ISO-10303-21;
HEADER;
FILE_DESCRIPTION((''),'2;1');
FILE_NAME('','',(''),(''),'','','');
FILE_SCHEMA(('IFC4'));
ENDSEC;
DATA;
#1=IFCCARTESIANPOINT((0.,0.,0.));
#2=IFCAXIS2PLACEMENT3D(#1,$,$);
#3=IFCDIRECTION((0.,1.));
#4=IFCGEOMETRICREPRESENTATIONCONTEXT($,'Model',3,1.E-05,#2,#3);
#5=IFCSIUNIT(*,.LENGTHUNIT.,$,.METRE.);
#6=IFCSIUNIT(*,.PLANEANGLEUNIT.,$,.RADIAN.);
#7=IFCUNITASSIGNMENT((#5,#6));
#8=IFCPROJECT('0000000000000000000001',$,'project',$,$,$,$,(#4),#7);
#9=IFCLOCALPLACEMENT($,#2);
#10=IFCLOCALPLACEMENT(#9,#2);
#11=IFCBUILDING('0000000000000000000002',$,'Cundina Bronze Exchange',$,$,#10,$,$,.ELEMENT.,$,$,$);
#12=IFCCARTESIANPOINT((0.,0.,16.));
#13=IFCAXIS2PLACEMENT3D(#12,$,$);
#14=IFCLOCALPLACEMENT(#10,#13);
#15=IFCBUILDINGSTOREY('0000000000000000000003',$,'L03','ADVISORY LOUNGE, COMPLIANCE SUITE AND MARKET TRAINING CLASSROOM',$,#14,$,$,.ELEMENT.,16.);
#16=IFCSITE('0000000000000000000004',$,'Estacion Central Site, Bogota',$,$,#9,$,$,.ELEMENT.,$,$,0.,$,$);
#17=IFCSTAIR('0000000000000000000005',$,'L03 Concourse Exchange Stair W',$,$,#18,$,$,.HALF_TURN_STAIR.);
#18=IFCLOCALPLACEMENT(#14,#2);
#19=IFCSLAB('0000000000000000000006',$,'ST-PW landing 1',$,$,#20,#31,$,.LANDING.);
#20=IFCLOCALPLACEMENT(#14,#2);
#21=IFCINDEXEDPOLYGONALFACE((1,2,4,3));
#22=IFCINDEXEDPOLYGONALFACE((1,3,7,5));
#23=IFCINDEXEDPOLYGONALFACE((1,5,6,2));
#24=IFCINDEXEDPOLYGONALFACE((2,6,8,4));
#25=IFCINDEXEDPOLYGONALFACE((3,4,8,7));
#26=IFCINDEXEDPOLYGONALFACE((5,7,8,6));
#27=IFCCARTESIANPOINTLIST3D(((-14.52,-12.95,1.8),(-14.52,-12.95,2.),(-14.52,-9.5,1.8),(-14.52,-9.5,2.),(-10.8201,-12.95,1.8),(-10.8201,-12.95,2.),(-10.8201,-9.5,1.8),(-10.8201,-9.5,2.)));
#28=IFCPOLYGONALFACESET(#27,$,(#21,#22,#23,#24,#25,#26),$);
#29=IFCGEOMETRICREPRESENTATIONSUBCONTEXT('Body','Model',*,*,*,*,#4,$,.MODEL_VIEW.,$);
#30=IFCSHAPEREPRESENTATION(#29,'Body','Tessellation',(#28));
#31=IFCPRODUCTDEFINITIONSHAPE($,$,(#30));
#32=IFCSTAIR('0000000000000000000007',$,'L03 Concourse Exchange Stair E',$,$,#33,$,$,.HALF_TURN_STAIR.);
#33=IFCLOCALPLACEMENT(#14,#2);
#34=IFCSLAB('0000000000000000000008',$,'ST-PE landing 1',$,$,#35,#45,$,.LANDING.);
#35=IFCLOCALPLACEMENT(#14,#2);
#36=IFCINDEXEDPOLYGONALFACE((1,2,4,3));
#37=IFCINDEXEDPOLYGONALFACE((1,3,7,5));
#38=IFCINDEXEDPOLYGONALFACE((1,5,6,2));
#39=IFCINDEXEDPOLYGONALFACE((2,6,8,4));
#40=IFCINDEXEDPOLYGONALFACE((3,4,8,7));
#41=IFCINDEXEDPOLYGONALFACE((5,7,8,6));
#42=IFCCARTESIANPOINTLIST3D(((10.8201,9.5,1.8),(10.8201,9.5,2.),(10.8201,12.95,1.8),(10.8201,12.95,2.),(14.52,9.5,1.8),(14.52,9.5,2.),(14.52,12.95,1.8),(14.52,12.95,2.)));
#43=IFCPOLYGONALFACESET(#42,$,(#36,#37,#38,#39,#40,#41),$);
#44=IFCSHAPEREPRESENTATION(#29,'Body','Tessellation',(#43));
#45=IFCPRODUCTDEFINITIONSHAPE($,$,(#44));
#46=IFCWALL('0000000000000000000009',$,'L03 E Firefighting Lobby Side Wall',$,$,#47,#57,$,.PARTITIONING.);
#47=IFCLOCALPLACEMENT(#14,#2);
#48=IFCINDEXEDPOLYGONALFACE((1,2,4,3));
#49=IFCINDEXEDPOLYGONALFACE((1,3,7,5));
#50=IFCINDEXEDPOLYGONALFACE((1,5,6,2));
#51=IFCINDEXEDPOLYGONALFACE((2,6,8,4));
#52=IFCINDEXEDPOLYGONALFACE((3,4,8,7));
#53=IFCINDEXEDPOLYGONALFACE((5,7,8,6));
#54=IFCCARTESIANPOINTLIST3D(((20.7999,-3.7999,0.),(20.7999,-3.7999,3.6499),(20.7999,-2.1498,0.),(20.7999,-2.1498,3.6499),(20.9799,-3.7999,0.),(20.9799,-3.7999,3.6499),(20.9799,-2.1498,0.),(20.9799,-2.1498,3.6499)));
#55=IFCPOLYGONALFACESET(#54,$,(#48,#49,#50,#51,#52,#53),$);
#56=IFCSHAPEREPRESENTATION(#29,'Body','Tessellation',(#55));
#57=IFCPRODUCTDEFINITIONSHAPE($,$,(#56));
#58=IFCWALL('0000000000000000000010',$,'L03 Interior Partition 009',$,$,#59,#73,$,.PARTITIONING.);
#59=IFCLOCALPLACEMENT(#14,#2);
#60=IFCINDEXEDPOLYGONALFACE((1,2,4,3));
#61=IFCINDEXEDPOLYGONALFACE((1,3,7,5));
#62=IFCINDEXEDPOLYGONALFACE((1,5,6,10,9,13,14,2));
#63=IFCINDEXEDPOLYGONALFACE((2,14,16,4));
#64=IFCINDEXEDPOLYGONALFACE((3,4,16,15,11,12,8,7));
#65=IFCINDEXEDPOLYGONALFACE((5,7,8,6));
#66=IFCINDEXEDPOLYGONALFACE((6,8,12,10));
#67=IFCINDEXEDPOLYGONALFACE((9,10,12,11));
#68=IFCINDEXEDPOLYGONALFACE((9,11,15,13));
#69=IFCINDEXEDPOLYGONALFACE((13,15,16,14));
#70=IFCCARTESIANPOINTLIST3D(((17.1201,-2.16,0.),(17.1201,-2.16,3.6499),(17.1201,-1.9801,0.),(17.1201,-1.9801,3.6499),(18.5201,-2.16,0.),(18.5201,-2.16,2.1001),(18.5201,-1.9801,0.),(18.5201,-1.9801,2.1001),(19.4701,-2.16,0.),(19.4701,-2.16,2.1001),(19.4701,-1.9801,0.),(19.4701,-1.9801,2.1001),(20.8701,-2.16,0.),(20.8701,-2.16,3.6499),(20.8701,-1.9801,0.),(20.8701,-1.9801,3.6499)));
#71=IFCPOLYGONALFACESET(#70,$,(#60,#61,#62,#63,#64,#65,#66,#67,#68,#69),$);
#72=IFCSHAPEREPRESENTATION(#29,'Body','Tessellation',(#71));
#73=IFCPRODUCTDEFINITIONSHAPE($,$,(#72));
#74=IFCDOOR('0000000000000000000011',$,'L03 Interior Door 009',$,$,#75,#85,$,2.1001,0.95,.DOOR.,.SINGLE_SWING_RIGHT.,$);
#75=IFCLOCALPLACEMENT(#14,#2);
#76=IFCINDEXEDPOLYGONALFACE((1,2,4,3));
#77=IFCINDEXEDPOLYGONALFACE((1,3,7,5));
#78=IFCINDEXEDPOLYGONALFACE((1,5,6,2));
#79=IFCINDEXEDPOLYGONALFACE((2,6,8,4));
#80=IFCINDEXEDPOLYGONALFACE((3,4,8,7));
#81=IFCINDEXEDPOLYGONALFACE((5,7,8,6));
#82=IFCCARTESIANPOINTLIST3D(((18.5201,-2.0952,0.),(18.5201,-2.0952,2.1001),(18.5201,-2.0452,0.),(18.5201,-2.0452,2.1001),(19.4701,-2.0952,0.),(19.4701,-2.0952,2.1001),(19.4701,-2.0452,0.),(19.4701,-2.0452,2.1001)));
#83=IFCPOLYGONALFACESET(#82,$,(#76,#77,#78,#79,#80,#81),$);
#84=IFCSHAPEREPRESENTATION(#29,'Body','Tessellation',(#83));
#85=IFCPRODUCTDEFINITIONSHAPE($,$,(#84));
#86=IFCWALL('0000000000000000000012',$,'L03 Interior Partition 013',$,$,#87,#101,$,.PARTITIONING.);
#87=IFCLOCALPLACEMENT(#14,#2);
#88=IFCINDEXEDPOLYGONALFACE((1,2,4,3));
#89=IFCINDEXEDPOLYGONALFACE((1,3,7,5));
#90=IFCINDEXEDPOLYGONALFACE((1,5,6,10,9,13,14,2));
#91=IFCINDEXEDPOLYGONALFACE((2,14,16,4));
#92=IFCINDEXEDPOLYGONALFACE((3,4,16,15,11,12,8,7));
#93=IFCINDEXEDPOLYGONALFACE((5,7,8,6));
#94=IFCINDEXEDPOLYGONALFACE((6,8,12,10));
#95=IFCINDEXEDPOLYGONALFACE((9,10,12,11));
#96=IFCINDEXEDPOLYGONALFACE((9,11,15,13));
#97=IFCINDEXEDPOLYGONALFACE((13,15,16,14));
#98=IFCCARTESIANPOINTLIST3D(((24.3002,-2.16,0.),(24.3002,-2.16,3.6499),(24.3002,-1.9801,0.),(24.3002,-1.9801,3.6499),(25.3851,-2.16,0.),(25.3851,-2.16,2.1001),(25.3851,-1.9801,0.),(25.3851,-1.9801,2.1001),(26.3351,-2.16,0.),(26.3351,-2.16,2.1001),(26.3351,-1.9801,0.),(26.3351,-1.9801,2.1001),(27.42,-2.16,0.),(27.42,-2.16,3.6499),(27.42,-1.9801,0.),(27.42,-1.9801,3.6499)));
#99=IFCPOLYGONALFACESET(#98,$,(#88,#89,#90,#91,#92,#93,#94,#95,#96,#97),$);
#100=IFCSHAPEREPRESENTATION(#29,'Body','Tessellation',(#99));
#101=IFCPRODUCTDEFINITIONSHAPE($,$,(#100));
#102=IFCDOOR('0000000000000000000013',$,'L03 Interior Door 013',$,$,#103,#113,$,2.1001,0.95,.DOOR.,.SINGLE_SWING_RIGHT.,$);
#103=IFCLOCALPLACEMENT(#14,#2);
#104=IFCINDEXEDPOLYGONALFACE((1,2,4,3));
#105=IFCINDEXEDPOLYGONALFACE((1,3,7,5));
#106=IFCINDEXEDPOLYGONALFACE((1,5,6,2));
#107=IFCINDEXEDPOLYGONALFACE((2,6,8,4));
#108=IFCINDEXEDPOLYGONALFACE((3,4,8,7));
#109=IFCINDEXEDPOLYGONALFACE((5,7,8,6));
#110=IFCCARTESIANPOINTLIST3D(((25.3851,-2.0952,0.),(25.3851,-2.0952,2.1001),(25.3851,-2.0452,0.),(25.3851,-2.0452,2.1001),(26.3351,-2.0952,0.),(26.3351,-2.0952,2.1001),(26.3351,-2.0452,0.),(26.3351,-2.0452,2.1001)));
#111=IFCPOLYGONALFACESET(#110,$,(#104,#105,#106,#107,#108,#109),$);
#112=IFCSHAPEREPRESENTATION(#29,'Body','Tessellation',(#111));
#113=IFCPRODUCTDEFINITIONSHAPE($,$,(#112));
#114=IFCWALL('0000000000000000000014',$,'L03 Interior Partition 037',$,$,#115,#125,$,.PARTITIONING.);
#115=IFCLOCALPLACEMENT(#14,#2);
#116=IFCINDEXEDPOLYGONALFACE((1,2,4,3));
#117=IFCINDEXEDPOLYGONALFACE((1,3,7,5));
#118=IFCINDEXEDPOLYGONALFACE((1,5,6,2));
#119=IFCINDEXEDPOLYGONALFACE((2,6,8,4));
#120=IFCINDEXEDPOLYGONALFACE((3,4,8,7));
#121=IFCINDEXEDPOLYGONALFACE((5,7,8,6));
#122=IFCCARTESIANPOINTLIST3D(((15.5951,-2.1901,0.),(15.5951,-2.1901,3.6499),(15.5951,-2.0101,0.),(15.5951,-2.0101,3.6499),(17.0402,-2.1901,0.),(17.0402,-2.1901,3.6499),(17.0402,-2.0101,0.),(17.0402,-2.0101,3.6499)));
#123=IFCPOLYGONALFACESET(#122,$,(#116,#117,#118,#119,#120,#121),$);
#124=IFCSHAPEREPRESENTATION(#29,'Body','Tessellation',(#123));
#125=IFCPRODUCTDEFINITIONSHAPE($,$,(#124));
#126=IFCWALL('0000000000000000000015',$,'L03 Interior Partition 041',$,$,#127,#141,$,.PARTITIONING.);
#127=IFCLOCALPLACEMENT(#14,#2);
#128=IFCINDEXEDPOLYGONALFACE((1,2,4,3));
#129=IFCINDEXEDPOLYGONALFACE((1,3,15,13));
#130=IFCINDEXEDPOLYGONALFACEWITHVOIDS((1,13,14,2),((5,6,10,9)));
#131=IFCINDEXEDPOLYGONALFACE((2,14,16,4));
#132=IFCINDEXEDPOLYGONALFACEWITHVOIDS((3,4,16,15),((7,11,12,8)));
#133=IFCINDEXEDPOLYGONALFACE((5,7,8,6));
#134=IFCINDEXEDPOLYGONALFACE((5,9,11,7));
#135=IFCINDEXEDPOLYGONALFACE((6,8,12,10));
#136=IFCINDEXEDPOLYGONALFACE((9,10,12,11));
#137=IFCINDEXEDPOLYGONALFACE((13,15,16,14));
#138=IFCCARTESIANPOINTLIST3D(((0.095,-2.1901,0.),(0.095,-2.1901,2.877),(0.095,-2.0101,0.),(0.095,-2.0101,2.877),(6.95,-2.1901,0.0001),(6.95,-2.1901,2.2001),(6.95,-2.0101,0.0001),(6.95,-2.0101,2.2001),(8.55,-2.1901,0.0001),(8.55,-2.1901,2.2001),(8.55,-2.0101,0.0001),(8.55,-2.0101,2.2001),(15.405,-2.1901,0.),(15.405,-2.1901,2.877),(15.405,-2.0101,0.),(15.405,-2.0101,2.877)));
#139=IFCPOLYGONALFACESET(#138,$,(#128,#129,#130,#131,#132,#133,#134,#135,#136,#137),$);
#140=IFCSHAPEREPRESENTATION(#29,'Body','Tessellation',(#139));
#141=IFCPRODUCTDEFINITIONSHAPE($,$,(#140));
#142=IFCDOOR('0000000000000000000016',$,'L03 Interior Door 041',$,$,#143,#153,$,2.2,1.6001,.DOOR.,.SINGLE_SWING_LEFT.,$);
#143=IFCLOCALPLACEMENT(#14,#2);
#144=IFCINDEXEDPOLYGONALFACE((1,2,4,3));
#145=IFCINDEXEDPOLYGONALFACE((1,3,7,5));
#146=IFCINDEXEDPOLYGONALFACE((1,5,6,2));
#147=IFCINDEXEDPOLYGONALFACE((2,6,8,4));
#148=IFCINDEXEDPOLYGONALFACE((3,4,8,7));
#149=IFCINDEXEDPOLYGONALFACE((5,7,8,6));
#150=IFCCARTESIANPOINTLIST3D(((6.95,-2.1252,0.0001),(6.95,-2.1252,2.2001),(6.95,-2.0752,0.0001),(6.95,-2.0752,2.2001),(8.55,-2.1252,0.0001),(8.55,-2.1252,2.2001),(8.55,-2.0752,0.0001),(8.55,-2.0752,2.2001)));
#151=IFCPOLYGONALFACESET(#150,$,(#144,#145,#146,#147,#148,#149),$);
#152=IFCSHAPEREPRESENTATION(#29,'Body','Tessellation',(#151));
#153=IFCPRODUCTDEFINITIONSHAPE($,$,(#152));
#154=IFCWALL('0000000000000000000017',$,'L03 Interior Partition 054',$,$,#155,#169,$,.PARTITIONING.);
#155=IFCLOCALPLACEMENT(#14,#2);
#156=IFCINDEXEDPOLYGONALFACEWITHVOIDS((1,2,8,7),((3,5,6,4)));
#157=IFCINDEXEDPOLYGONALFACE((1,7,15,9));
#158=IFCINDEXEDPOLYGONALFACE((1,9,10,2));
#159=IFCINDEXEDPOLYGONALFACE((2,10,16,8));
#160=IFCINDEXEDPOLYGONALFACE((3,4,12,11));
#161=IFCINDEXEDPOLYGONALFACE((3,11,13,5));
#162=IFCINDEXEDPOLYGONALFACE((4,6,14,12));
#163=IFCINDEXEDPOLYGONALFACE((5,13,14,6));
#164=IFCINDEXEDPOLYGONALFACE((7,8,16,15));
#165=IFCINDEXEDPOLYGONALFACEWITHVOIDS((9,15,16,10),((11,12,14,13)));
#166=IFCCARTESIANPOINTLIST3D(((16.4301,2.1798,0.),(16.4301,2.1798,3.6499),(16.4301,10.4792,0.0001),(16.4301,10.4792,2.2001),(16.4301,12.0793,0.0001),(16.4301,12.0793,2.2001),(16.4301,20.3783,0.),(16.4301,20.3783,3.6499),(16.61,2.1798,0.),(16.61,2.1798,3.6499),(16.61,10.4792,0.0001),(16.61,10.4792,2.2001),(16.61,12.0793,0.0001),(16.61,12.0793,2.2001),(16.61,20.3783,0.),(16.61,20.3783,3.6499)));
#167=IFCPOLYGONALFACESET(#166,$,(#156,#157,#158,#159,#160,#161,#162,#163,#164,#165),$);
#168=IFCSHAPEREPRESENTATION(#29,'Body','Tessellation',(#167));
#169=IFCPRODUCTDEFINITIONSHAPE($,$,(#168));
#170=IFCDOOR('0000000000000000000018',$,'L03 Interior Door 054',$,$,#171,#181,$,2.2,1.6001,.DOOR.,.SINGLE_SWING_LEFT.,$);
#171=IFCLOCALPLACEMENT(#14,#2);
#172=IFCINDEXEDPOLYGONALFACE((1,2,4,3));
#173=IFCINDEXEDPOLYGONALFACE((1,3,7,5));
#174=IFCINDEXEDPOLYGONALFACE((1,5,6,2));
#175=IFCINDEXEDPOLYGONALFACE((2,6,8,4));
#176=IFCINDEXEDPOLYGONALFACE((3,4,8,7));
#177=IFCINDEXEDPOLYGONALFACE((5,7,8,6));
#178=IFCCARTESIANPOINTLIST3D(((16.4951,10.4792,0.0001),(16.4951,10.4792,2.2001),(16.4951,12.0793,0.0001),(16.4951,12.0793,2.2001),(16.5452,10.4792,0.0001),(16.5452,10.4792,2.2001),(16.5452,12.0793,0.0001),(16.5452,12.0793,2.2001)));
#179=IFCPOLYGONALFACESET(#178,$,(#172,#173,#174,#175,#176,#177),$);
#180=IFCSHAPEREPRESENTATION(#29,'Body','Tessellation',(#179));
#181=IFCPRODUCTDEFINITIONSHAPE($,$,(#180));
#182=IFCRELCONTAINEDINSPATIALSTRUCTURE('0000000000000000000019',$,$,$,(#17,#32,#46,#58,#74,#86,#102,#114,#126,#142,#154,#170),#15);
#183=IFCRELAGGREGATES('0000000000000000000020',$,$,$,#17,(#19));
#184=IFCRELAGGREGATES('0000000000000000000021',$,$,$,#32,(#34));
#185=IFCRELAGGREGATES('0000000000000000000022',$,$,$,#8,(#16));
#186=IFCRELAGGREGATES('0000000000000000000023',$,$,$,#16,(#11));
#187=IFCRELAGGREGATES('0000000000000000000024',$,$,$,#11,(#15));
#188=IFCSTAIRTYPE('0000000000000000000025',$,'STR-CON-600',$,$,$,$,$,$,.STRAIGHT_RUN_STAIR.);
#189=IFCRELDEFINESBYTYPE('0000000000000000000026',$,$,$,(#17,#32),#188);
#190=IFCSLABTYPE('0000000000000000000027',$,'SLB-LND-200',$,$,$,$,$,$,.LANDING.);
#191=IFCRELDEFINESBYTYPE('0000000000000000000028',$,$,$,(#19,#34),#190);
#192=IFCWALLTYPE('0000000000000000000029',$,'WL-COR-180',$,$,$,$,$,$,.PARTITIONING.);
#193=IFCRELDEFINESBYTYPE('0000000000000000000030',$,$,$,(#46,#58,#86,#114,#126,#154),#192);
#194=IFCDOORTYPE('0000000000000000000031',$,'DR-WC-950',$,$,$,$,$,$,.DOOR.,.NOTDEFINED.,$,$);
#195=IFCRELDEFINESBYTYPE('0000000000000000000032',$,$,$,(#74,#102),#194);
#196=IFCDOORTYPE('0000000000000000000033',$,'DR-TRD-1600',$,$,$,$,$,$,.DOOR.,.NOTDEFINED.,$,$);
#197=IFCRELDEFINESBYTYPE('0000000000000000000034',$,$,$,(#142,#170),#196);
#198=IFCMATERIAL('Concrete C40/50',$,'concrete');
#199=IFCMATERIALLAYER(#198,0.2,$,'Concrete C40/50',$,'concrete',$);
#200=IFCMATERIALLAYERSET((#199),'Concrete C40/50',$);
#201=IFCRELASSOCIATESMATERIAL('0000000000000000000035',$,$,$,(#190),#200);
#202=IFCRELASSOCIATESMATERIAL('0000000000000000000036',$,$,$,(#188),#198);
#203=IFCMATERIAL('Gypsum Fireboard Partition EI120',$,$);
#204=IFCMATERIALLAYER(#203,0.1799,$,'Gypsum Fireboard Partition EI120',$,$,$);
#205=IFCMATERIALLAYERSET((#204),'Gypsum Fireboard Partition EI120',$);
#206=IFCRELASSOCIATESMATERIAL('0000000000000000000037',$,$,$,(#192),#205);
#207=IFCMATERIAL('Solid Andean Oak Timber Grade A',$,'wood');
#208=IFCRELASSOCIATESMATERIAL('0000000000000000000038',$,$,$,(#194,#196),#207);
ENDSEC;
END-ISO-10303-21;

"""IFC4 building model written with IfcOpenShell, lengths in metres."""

from ifc_helpers import new_model, si_unit, direction, frame, frame_2d, origin, place, context, subcontext, project, spatial, polyline, rectangle, outline, extrude, material, layer, layer_set, type_object, element, fill, aggregate, save


model = new_model("IFC4")

# Units and contexts
model_context = context("Model", 3, precision=1e-05, world=origin(), true_north=direction((0.0, 1.0)))
body_context = subcontext(model_context, "Body", "Model", "MODEL_VIEW")
ifc_project = project(units=[si_unit("LENGTHUNIT", "METRE"), si_unit("PLANEANGLEUNIT", "RADIAN")], contexts=[model_context])

# Site, building, storey
site_placement = place(None, origin())
site = spatial("IfcSite", under=ifc_project, at=site_placement, Name="Estacion Central Site, Bogota", CompositionType="ELEMENT", RefElevation=0.0)
building_placement = place(site_placement, origin())
building = spatial("IfcBuilding", under=site, at=building_placement, Name="Cundina Bronze Exchange", CompositionType="ELEMENT")
storey_placement = place(building_placement, frame((0.0, 0.0, 16.0)))
storey = spatial("IfcBuildingStorey", under=building, at=storey_placement, Name="L03", Description="ADVISORY LOUNGE, COMPLIANCE SUITE AND MARKET TRAINING CLASSROOM", CompositionType="ELEMENT", Elevation=16.0)

# Stairs, slabs
ifc_material_1 = material(Name="Concrete C40/50", Category="concrete")
ifc_layer_1 = layer(ifc_material_1, 0.2, Name="Concrete C40/50", Category="concrete")
ifc_layer_set_1 = layer_set([ifc_layer_1], Name="Concrete C40/50")
slab_type = type_object("IfcSlabType", Name="SLB-LND-200", PredefinedType="LANDING", material=ifc_layer_set_1)
stair_type_1 = type_object("IfcStairType", Name="STR-CON-600", PredefinedType="STRAIGHT_RUN_STAIR", material=ifc_material_1)
stair_1_placement = place(storey_placement, origin())
stair_1 = element("IfcStair", 1, at=stair_1_placement, inside=storey, type_object=stair_type_1, Name="L03 Concourse Exchange Stair W", PredefinedType="HALF_TURN_STAIR")
slab_1_placement = place(storey_placement, frame((0.0, 0.0, 1.8)))
slab_1 = element("IfcSlab", 2, at=slab_1_placement, type_object=slab_type, Name="ST-PW landing 1", PredefinedType="LANDING", context=body_context, shape_type="SweptSolid", body=[
    extrude(outline(polyline([(-10.8201, -12.95), (-10.8201, -9.5), (-14.52, -9.5), (-14.52, -12.95), (-10.8201, -12.95)])), origin(), (0.0, 0.0, 1.0), 0.2),
])
aggregate(stair_1, [slab_1])
stair_2_placement = place(storey_placement, origin())
stair_2 = element("IfcStair", 3, at=stair_2_placement, inside=storey, type_object=stair_type_1, Name="L03 Concourse Exchange Stair E", PredefinedType="HALF_TURN_STAIR")
slab_2_placement = place(storey_placement, frame((0.0, 0.0, 1.8)))
slab_2 = element("IfcSlab", 4, at=slab_2_placement, type_object=slab_type, Name="ST-PE landing 1", PredefinedType="LANDING", context=body_context, shape_type="SweptSolid", body=[
    extrude(outline(polyline([(10.8201, 12.95), (10.8201, 9.5), (14.52, 9.5), (14.52, 12.95), (10.8201, 12.95)])), origin(), (0.0, 0.0, 1.0), 0.2),
])
aggregate(stair_2, [slab_2])

# Wall
ifc_material_2 = material(Name="Gypsum Fireboard Partition EI120")
ifc_layer_2 = layer(ifc_material_2, 0.1799, Name="Gypsum Fireboard Partition EI120")
ifc_layer_set_2 = layer_set([ifc_layer_2], Name="Gypsum Fireboard Partition EI120")
wall_type_1 = type_object("IfcWallType", Name="WL-COR-180", PredefinedType="PARTITIONING", material=ifc_layer_set_2)
wall_1_placement = place(storey_placement, frame((20.8899, -3.8, 0.0), z_axis=(0.0, 0.0, 1.0), x_axis=(0.0, 1.0, 0.0)))
element("IfcWall", 5, at=wall_1_placement, inside=storey, type_object=wall_type_1, Name="L03 E Firefighting Lobby Side Wall", PredefinedType="PARTITIONING", context=body_context, shape_type="SweptSolid", body=[
    extrude(rectangle(XDim=1.6501, YDim=0.1799, at=frame_2d((0.8252, 0.0))), origin(), (0.0, 0.0, 1.0), 3.6499),
])

# Walls, openings, doors
wall_2_placement = place(storey_placement, frame((17.1201, -2.0701, 0.0), z_axis=(0.0, 0.0, 1.0), x_axis=(1.0, 0.0, 0.0)))
wall_2 = element("IfcWall", 6, at=wall_2_placement, inside=storey, type_object=wall_type_1, Name="L03 Interior Partition 009", PredefinedType="PARTITIONING", context=body_context, shape_type="SweptSolid", body=[
    extrude(rectangle(XDim=3.75, YDim=0.1799, at=frame_2d((1.875, 0.0))), origin(), (0.0, 0.0, 1.0), 3.6499),
])
opening_1_placement = place(wall_2_placement, frame((1.3999, 0.0, 0.0)))
opening_1 = element("IfcOpeningElement", 7, at=opening_1_placement, cuts=wall_2, PredefinedType="OPENING", context=body_context, shape_type="SweptSolid", body=[
    extrude(rectangle(XDim=0.95, YDim=2.1001, at=frame_2d((0.4751, 1.05))), frame((0.0, 0.0999, 0.0), z_axis=(0.0, -1.0, 0.0), x_axis=(1.0, 0.0, 0.0)), (0.0, 0.0, 1.0), 0.2),
])
ifc_material_3 = material(Name="Solid Andean Oak Timber Grade A", Category="wood")
door_type_1 = type_object("IfcDoorType", Name="DR-WC-950", OperationType="NOTDEFINED", PredefinedType="DOOR", material=ifc_material_3)
door_1_placement = place(opening_1_placement, origin())
door_1 = element("IfcDoor", 8, at=door_1_placement, inside=storey, type_object=door_type_1, Name="L03 Interior Door 009", OperationType="SINGLE_SWING_RIGHT", OverallHeight=2.1001, OverallWidth=0.95, PredefinedType="DOOR", context=body_context, shape_type="SweptSolid", body=[
    extrude(rectangle(XDim=0.95, YDim=2.1001, at=frame_2d((0.4751, 1.05))), frame((0.0, 0.0249, 0.0), z_axis=(0.0, -1.0, 0.0), x_axis=(1.0, 0.0, 0.0)), (0.0, 0.0, 1.0), 0.05),
])
fill(opening_1, door_1)
wall_3_placement = place(storey_placement, frame((24.3, -2.0701, 0.0), z_axis=(0.0, 0.0, 1.0), x_axis=(1.0, 0.0, 0.0)))
wall_3 = element("IfcWall", 9, at=wall_3_placement, inside=storey, type_object=wall_type_1, Name="L03 Interior Partition 013", PredefinedType="PARTITIONING", context=body_context, shape_type="SweptSolid", body=[
    extrude(rectangle(XDim=3.1199, YDim=0.1799, at=frame_2d((1.5601, 0.0))), origin(), (0.0, 0.0, 1.0), 3.6499),
])
opening_2_placement = place(wall_3_placement, frame((1.085, 0.0, 0.0)))
opening_2 = element("IfcOpeningElement", 10, at=opening_2_placement, cuts=wall_3, PredefinedType="OPENING", context=body_context, shape_type="SweptSolid", body=[
    extrude(rectangle(XDim=0.95, YDim=2.1001, at=frame_2d((0.4751, 1.05))), frame((0.0, 0.0999, 0.0), z_axis=(0.0, -1.0, 0.0), x_axis=(1.0, 0.0, 0.0)), (0.0, 0.0, 1.0), 0.2),
])
door_2_placement = place(opening_2_placement, origin())
door_2 = element("IfcDoor", 11, at=door_2_placement, inside=storey, type_object=door_type_1, Name="L03 Interior Door 013", OperationType="SINGLE_SWING_RIGHT", OverallHeight=2.1001, OverallWidth=0.95, PredefinedType="DOOR", context=body_context, shape_type="SweptSolid", body=[
    extrude(rectangle(XDim=0.95, YDim=2.1001, at=frame_2d((0.4751, 1.05))), frame((0.0, 0.0249, 0.0), z_axis=(0.0, -1.0, 0.0), x_axis=(1.0, 0.0, 0.0)), (0.0, 0.0, 1.0), 0.05),
])
fill(opening_2, door_2)

# Wall
wall_4_placement = place(storey_placement, frame((15.595, -2.1001, 0.0), z_axis=(0.0, 0.0, 1.0), x_axis=(1.0, 0.0, 0.0)))
element("IfcWall", 12, at=wall_4_placement, inside=storey, type_object=wall_type_1, Name="L03 Interior Partition 037", PredefinedType="PARTITIONING", context=body_context, shape_type="SweptSolid", body=[
    extrude(rectangle(XDim=1.4451, YDim=0.1799, at=frame_2d((0.7227, 0.0))), origin(), (0.0, 0.0, 1.0), 3.6499),
])

# Walls, openings, doors
wall_5_placement = place(storey_placement, frame((0.095, -2.1001, 0.0), z_axis=(0.0, 0.0, 1.0), x_axis=(1.0, 0.0, 0.0)))
wall_5 = element("IfcWall", 13, at=wall_5_placement, inside=storey, type_object=wall_type_1, Name="L03 Interior Partition 041", PredefinedType="PARTITIONING", context=body_context, shape_type="SweptSolid", body=[
    extrude(rectangle(XDim=15.3101, YDim=0.1799, at=frame_2d((7.655, 0.0))), origin(), (0.0, 0.0, 1.0), 2.877),
])
opening_3_placement = place(wall_5_placement, frame((6.855, 0.0, 0.0)))
opening_3 = element("IfcOpeningElement", 14, at=opening_3_placement, cuts=wall_5, PredefinedType="OPENING", context=body_context, shape_type="SweptSolid", body=[
    extrude(rectangle(XDim=1.6001, YDim=2.2, at=frame_2d((0.8, 1.1001))), frame((0.0, 0.0999, 0.0), z_axis=(0.0, -1.0, 0.0), x_axis=(1.0, 0.0, 0.0)), (0.0, 0.0, 1.0), 0.2),
])
door_type_2 = type_object("IfcDoorType", Name="DR-TRD-1600", OperationType="NOTDEFINED", PredefinedType="DOOR", material=ifc_material_3)
door_3_placement = place(opening_3_placement, origin())
door_3 = element("IfcDoor", 15, at=door_3_placement, inside=storey, type_object=door_type_2, Name="L03 Interior Door 041", OperationType="SINGLE_SWING_LEFT", OverallHeight=2.2, OverallWidth=1.6001, PredefinedType="DOOR", context=body_context, shape_type="SweptSolid", body=[
    extrude(rectangle(XDim=1.6001, YDim=2.2, at=frame_2d((0.8, 1.1001))), frame((0.0, 0.0249, 0.0), z_axis=(0.0, -1.0, 0.0), x_axis=(1.0, 0.0, 0.0)), (0.0, 0.0, 1.0), 0.05),
])
fill(opening_3, door_3)
wall_6_placement = place(storey_placement, frame((16.52, 2.1799, 0.0), z_axis=(0.0, 0.0, 1.0), x_axis=(0.0, 1.0, 0.0)))
wall_6 = element("IfcWall", 16, at=wall_6_placement, inside=storey, type_object=wall_type_1, Name="L03 Interior Partition 054", PredefinedType="PARTITIONING", context=body_context, shape_type="SweptSolid", body=[
    extrude(rectangle(XDim=18.1985, YDim=0.1799, at=frame_2d((9.0991, 0.0))), origin(), (0.0, 0.0, 1.0), 3.6499),
])
opening_4_placement = place(wall_6_placement, frame((8.2993, 0.0, 0.0)))
opening_4 = element("IfcOpeningElement", 17, at=opening_4_placement, cuts=wall_6, PredefinedType="OPENING", context=body_context, shape_type="SweptSolid", body=[
    extrude(rectangle(XDim=1.6001, YDim=2.2, at=frame_2d((0.8, 1.1001))), frame((0.0, 0.0999, 0.0), z_axis=(0.0, -1.0, 0.0), x_axis=(1.0, 0.0, 0.0)), (0.0, 0.0, 1.0), 0.2),
])
door_4_placement = place(opening_4_placement, origin())
door_4 = element("IfcDoor", 18, at=door_4_placement, inside=storey, type_object=door_type_2, Name="L03 Interior Door 054", OperationType="SINGLE_SWING_LEFT", OverallHeight=2.2, OverallWidth=1.6001, PredefinedType="DOOR", context=body_context, shape_type="SweptSolid", body=[
    extrude(rectangle(XDim=1.6001, YDim=2.2, at=frame_2d((0.8, 1.1001))), frame((0.0, 0.0249, 0.0), z_axis=(0.0, -1.0, 0.0), x_axis=(1.0, 0.0, 0.0)), (0.0, 0.0, 1.0), 0.05),
])
fill(opening_4, door_4)

save(model, "model.ifc")
